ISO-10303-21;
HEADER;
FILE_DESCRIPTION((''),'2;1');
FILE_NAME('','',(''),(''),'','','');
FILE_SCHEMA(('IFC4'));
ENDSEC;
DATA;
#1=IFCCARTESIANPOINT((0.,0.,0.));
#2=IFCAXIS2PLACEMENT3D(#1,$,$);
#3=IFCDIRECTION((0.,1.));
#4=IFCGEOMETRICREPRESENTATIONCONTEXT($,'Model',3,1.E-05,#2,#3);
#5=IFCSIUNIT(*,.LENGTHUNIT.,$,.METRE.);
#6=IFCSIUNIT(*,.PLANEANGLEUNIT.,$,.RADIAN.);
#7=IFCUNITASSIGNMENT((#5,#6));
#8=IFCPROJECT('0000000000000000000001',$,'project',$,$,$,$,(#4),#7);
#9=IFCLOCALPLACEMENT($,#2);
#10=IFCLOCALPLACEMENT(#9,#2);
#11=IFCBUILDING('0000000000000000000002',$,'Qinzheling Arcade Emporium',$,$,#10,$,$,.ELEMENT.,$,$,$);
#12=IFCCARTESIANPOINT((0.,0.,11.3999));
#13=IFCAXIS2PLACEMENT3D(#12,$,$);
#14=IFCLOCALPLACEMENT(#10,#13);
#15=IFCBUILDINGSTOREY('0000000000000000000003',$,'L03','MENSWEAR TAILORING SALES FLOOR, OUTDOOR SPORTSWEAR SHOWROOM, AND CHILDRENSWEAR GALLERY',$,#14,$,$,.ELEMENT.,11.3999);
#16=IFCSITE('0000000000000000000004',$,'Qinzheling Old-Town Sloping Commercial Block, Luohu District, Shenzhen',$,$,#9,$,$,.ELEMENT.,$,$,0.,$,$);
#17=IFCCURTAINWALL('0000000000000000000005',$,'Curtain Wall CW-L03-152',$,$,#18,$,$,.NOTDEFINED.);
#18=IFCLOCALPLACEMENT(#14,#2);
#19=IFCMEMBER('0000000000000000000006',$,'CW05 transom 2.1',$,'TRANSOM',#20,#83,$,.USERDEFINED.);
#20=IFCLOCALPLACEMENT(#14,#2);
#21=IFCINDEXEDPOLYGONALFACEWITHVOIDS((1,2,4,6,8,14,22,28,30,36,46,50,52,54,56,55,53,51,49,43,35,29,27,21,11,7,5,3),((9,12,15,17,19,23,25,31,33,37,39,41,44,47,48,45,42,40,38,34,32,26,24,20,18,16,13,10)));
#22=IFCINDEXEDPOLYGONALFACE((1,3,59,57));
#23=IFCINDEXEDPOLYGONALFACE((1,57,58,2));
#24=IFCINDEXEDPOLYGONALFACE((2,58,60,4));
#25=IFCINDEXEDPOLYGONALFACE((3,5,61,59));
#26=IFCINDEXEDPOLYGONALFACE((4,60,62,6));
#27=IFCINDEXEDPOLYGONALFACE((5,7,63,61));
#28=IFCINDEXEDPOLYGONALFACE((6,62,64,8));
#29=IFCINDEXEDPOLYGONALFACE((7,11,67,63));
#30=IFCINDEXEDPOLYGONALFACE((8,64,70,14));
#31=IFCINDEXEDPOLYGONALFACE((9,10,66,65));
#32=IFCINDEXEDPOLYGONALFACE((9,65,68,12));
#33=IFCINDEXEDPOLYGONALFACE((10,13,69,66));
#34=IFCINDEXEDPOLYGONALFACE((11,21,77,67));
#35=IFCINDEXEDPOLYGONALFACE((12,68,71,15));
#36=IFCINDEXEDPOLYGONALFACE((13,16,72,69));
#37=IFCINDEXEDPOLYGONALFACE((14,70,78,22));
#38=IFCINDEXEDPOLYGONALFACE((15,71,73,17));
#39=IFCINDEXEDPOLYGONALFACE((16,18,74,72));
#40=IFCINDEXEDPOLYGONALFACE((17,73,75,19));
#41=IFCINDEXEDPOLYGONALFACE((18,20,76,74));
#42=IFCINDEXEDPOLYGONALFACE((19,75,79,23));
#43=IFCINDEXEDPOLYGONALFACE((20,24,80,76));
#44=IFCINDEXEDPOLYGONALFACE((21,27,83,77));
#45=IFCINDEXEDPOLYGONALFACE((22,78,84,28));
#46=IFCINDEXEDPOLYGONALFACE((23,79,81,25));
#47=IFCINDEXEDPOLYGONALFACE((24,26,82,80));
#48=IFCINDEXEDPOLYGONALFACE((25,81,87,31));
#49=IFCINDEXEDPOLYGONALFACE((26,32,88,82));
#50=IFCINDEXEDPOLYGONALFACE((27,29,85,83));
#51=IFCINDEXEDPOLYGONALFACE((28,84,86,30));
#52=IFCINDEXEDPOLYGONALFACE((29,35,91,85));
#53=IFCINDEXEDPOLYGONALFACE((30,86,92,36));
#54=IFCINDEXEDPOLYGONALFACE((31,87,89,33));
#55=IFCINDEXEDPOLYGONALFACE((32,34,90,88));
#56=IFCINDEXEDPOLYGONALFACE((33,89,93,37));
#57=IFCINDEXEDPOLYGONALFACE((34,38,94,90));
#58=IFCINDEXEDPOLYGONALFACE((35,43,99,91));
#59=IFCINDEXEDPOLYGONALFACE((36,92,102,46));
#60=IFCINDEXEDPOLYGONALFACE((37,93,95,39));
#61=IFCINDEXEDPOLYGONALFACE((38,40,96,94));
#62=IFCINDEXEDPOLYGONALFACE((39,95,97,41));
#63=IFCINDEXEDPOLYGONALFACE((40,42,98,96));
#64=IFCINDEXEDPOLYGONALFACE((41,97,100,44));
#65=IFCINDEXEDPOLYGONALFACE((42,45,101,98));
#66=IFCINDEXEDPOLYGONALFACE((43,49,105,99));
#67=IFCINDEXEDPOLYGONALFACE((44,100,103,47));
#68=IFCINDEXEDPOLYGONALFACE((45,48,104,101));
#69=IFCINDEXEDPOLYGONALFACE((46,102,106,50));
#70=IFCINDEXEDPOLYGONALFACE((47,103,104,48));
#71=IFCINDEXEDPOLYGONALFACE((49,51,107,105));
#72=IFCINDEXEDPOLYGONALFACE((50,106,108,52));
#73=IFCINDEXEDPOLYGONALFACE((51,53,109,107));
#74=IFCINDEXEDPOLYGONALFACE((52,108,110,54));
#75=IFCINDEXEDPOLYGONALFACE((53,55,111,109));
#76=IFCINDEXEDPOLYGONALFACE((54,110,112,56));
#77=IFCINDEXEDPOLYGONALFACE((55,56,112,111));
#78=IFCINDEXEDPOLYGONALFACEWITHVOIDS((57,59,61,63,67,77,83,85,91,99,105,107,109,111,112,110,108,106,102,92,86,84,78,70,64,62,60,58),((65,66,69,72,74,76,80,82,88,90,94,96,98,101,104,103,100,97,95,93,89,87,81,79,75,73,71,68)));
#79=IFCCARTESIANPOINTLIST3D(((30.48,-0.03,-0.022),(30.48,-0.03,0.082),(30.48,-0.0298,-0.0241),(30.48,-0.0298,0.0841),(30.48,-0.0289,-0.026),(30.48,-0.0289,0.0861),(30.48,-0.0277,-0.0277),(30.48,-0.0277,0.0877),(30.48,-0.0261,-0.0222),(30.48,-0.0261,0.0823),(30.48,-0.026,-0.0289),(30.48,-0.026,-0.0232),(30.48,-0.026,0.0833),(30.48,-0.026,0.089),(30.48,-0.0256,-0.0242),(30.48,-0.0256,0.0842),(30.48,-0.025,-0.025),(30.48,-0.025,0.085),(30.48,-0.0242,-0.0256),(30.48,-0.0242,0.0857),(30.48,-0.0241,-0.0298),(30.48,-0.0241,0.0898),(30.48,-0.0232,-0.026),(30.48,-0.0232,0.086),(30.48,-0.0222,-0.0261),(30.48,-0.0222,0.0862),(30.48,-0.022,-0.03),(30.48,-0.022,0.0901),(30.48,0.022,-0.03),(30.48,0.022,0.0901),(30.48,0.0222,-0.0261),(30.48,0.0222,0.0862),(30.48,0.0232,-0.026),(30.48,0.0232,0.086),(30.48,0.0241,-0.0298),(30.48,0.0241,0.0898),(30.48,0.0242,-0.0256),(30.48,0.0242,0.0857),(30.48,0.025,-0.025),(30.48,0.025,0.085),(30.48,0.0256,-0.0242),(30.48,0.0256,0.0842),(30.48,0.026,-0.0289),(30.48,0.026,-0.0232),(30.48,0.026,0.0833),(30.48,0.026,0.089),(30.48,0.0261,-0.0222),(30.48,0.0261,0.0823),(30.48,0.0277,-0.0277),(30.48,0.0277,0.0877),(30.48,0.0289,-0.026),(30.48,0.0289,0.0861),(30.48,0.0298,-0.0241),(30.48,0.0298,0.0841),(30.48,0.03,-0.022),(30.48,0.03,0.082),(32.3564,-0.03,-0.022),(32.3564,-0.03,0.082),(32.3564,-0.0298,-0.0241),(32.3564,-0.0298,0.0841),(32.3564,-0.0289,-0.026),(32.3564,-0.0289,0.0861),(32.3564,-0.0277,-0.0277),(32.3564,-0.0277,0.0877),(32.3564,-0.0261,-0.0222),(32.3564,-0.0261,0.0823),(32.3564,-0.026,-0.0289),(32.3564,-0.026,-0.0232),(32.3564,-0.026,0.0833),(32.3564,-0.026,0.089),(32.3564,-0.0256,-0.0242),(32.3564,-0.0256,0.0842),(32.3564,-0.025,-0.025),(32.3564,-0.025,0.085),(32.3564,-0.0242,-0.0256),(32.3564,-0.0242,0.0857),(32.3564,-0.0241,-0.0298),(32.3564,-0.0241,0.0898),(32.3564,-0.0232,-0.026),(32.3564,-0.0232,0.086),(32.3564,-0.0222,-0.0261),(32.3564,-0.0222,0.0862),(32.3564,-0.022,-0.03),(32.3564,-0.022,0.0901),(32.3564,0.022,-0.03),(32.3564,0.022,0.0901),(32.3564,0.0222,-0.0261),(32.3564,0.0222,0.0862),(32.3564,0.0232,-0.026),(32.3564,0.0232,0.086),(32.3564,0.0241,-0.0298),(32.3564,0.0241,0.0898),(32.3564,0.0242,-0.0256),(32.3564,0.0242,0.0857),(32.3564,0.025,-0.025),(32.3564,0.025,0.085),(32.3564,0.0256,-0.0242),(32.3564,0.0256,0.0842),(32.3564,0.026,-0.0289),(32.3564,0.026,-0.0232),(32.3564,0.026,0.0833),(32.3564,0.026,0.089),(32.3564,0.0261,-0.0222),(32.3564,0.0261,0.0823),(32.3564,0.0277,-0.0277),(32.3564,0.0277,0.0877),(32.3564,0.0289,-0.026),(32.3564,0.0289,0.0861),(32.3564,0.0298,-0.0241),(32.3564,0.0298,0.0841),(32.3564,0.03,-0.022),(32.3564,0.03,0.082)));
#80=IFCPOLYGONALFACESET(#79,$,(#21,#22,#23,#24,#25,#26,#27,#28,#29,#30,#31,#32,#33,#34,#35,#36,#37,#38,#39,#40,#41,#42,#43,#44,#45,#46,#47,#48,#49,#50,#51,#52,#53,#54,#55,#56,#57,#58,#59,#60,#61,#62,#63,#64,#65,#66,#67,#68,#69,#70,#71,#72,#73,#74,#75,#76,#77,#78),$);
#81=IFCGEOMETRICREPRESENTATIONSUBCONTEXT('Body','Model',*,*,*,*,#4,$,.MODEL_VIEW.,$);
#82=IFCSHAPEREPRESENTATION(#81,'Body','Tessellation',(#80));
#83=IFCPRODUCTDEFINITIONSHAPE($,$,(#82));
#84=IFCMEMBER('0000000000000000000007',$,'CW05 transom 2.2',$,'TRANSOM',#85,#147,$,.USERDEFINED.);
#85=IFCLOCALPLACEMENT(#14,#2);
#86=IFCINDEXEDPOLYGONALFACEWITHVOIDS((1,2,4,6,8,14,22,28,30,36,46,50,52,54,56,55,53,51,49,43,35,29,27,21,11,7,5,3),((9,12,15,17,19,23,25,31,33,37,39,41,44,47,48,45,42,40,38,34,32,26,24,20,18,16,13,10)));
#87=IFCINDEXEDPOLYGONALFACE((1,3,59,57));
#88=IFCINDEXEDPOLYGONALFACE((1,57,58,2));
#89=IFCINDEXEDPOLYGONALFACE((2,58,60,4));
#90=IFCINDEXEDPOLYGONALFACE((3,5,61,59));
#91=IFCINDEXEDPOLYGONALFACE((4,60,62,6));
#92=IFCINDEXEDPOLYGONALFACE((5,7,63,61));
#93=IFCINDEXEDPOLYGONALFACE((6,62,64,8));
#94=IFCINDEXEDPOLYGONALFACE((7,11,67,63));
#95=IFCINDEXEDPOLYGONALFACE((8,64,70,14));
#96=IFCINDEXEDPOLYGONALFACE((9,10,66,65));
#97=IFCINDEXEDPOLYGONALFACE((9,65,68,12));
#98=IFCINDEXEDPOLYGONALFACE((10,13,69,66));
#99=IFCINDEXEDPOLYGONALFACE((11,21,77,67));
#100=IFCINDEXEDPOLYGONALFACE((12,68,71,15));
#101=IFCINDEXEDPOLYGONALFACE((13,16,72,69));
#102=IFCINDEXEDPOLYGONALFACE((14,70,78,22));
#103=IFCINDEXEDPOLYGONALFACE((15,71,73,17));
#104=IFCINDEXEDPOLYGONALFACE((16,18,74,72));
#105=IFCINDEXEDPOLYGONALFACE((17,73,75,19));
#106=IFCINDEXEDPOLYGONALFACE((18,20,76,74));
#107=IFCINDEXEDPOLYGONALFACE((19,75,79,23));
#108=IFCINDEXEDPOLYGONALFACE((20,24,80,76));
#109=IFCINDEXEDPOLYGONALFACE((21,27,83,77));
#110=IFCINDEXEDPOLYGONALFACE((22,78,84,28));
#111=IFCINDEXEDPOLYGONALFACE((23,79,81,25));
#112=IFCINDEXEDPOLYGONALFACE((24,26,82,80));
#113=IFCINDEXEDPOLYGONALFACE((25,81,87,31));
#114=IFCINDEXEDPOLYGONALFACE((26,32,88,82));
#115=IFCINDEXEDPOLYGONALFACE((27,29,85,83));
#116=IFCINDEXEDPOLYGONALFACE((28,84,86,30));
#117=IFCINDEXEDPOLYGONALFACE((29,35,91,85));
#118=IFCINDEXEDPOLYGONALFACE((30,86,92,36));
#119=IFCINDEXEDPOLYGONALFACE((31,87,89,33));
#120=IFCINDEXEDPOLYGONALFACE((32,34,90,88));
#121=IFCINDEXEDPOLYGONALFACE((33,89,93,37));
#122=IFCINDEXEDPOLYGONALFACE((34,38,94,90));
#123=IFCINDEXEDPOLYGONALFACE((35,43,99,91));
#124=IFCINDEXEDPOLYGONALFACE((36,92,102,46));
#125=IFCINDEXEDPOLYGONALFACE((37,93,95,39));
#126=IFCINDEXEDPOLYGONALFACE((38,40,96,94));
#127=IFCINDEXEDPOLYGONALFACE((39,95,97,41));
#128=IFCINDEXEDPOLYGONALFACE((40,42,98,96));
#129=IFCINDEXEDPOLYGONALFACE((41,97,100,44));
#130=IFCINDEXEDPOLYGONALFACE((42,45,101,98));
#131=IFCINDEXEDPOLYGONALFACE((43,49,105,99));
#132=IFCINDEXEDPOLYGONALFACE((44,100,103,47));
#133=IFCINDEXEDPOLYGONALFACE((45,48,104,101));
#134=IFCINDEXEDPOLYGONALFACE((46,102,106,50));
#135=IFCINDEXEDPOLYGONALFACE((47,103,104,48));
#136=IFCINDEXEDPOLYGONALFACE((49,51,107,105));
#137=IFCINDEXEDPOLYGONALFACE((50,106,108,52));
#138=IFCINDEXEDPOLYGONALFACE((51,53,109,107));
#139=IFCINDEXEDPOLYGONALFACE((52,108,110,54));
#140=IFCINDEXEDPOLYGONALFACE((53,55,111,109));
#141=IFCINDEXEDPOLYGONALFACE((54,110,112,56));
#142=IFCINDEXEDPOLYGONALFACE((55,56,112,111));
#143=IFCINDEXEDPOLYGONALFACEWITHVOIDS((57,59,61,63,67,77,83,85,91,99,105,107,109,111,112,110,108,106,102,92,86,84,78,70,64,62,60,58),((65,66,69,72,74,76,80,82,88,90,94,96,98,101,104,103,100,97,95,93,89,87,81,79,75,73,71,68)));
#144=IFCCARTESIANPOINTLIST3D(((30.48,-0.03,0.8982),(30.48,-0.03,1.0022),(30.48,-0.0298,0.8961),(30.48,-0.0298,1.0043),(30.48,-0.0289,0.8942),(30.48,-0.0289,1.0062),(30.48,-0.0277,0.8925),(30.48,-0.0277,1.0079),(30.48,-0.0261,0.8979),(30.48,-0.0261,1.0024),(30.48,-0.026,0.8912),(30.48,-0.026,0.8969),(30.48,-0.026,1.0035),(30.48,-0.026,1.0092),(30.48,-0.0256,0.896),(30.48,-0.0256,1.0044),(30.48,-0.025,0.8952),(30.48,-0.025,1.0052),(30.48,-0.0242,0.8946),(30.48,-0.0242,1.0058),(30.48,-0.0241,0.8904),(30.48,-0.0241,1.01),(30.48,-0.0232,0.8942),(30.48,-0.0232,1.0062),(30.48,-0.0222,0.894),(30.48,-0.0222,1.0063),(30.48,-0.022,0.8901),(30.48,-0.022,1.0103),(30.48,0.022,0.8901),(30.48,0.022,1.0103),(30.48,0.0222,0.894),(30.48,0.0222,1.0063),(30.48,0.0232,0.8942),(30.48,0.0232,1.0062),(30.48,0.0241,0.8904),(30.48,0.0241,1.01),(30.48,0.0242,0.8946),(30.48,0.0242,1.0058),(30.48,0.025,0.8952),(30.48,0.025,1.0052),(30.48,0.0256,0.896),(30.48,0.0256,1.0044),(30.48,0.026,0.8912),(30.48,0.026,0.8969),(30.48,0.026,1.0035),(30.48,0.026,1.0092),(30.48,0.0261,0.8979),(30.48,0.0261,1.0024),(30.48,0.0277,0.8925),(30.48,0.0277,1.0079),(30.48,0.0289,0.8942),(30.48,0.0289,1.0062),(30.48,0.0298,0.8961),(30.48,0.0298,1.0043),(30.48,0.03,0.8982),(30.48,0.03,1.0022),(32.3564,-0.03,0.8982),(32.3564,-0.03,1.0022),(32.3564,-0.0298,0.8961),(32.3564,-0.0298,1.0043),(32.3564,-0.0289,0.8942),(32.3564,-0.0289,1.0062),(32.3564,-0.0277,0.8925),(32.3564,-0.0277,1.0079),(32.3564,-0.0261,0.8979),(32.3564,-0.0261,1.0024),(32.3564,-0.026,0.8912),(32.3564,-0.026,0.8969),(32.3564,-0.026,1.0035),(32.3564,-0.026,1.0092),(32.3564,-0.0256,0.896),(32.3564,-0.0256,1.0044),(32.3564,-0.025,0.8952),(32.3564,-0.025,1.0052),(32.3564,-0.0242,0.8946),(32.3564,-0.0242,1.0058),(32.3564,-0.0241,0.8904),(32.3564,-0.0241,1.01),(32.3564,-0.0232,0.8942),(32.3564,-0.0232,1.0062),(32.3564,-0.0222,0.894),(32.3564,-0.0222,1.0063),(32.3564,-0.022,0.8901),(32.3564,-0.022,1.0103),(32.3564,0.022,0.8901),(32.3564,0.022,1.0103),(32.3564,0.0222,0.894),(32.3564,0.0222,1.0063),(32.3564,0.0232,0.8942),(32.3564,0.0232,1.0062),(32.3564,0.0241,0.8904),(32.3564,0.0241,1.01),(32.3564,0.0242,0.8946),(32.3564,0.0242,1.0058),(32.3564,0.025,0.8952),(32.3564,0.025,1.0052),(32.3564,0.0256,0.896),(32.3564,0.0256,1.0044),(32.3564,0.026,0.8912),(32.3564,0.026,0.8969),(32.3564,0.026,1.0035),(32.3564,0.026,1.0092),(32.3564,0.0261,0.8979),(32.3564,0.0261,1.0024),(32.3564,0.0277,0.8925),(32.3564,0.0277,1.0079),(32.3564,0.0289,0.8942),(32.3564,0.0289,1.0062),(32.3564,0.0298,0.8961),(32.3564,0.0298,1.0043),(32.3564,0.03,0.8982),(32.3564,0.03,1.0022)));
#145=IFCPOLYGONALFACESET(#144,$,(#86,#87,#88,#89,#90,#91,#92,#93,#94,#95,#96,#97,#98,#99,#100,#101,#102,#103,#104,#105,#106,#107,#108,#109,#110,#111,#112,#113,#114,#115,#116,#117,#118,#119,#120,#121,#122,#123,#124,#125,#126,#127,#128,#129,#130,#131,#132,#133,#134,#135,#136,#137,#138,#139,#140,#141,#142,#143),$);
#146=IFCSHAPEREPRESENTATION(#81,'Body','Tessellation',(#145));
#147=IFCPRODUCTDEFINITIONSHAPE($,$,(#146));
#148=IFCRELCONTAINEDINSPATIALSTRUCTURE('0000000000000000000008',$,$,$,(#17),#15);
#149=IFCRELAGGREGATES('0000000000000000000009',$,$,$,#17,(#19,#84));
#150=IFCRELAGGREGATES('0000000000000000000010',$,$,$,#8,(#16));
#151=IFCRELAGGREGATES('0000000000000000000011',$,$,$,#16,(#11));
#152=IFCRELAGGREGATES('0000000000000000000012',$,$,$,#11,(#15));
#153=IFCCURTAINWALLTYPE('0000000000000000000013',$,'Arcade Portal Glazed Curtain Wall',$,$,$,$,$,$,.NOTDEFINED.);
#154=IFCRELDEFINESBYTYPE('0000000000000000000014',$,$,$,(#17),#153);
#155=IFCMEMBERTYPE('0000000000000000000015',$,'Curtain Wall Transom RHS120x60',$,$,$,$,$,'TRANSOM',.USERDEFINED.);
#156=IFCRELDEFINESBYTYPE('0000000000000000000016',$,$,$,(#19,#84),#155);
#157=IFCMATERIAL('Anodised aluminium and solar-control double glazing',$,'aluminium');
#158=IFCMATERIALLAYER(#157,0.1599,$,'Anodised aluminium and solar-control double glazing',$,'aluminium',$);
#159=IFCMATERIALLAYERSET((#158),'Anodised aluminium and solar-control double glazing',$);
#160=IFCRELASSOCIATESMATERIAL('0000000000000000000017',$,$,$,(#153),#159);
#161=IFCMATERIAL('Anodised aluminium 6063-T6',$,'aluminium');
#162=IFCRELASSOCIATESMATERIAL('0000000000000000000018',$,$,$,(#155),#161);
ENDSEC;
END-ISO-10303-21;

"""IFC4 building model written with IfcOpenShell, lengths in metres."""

from ifc_helpers import new_model, si_unit, direction, frame, origin, origin_2d, place, context, subcontext, project, spatial, hollow_rectangle, extrude, material, layer, layer_set, material_profile, profile_set, type_object, element, aggregate, save


model = new_model("IFC4")

# Units and contexts
model_context = context("Model", 3, precision=1e-05, world=origin(), true_north=direction((0.0, 1.0)))
body_context = subcontext(model_context, "Body", "Model", "MODEL_VIEW")
ifc_project = project(units=[si_unit("LENGTHUNIT", "METRE"), si_unit("PLANEANGLEUNIT", "RADIAN")], contexts=[model_context])

# Site, building, storey
site_placement = place(None, origin())
site = spatial("IfcSite", under=ifc_project, at=site_placement, Name="Qinzheling Old-Town Sloping Commercial Block, Luohu District, Shenzhen", CompositionType="ELEMENT", RefElevation=0.0)
building_placement = place(site_placement, origin())
building = spatial("IfcBuilding", under=site, at=building_placement, Name="Qinzheling Arcade Emporium", CompositionType="ELEMENT")
storey_placement = place(building_placement, frame((0.0, 0.0, 11.3999)))
storey = spatial("IfcBuildingStorey", under=building, at=storey_placement, Name="L03", Description="MENSWEAR TAILORING SALES FLOOR, OUTDOOR SPORTSWEAR SHOWROOM, AND CHILDRENSWEAR GALLERY", CompositionType="ELEMENT", Elevation=11.3999)

# Curtain wall, members
ifc_material_1 = material(Name="Anodised aluminium and solar-control double glazing", Category="aluminium")
ifc_layer_1 = layer(ifc_material_1, 0.1599, Name="Anodised aluminium and solar-control double glazing", Category="aluminium")
ifc_layer_set_1 = layer_set([ifc_layer_1], Name="Anodised aluminium and solar-control double glazing")
curtain_wall_type = type_object("IfcCurtainWallType", Name="Arcade Portal Glazed Curtain Wall", PredefinedType="NOTDEFINED", material=ifc_layer_set_1)
curtain_wall_placement = place(storey_placement, origin())
curtain_wall = element("IfcCurtainWall", 1, at=curtain_wall_placement, inside=storey, type_object=curtain_wall_type, Name="Curtain Wall CW-L03-152", PredefinedType="NOTDEFINED")
ifc_material_2 = material(Name="Anodised aluminium 6063-T6", Category="aluminium")
ifc_material_profile_1 = material_profile(ifc_material_2, hollow_rectangle(XDim=0.0601, YDim=0.1201, WallThickness=0.0039, InnerFilletRadius=0.0039, OuterFilletRadius=0.0081, at=origin_2d()), Name="RHS 120x60x4", Category="aluminium")
ifc_profile_set_1 = profile_set([ifc_material_profile_1], Name="Anodised aluminium 6063-T6")
member_type_1 = type_object("IfcMemberType", Name="Curtain Wall Transom RHS120x60", ElementType="TRANSOM", PredefinedType="USERDEFINED", material=ifc_profile_set_1)
member_1_placement = place(storey_placement, frame((32.3564, 0.0, 0.03), z_axis=(-1.0, 0.0, 0.0), x_axis=(0.0, -1.0, 0.0)))
member_1 = element("IfcMember", 2, at=member_1_placement, type_object=member_type_1, Name="CW05 transom 2.1", ObjectType="TRANSOM", PredefinedType="USERDEFINED", context=body_context, shape_type="SweptSolid", body=[
    extrude(hollow_rectangle(XDim=0.0601, YDim=0.1201, WallThickness=0.0039, InnerFilletRadius=0.0039, OuterFilletRadius=0.0081, at=origin_2d()), origin(), (0.0, 0.0, 1.0), 1.8765),
])
member_2_placement = place(storey_placement, frame((32.3564, 0.0, 0.9502), z_axis=(-1.0, 0.0, 0.0), x_axis=(0.0, -1.0, 0.0)))
member_2 = element("IfcMember", 3, at=member_2_placement, type_object=member_type_1, Name="CW05 transom 2.2", ObjectType="TRANSOM", PredefinedType="USERDEFINED", context=body_context, shape_type="SweptSolid", body=[
    extrude(hollow_rectangle(XDim=0.0601, YDim=0.1201, WallThickness=0.0039, InnerFilletRadius=0.0039, OuterFilletRadius=0.0081, at=origin_2d()), origin(), (0.0, 0.0, 1.0), 1.8765),
])

aggregate(curtain_wall, [member_1, member_2])

save(model, "model.ifc")
